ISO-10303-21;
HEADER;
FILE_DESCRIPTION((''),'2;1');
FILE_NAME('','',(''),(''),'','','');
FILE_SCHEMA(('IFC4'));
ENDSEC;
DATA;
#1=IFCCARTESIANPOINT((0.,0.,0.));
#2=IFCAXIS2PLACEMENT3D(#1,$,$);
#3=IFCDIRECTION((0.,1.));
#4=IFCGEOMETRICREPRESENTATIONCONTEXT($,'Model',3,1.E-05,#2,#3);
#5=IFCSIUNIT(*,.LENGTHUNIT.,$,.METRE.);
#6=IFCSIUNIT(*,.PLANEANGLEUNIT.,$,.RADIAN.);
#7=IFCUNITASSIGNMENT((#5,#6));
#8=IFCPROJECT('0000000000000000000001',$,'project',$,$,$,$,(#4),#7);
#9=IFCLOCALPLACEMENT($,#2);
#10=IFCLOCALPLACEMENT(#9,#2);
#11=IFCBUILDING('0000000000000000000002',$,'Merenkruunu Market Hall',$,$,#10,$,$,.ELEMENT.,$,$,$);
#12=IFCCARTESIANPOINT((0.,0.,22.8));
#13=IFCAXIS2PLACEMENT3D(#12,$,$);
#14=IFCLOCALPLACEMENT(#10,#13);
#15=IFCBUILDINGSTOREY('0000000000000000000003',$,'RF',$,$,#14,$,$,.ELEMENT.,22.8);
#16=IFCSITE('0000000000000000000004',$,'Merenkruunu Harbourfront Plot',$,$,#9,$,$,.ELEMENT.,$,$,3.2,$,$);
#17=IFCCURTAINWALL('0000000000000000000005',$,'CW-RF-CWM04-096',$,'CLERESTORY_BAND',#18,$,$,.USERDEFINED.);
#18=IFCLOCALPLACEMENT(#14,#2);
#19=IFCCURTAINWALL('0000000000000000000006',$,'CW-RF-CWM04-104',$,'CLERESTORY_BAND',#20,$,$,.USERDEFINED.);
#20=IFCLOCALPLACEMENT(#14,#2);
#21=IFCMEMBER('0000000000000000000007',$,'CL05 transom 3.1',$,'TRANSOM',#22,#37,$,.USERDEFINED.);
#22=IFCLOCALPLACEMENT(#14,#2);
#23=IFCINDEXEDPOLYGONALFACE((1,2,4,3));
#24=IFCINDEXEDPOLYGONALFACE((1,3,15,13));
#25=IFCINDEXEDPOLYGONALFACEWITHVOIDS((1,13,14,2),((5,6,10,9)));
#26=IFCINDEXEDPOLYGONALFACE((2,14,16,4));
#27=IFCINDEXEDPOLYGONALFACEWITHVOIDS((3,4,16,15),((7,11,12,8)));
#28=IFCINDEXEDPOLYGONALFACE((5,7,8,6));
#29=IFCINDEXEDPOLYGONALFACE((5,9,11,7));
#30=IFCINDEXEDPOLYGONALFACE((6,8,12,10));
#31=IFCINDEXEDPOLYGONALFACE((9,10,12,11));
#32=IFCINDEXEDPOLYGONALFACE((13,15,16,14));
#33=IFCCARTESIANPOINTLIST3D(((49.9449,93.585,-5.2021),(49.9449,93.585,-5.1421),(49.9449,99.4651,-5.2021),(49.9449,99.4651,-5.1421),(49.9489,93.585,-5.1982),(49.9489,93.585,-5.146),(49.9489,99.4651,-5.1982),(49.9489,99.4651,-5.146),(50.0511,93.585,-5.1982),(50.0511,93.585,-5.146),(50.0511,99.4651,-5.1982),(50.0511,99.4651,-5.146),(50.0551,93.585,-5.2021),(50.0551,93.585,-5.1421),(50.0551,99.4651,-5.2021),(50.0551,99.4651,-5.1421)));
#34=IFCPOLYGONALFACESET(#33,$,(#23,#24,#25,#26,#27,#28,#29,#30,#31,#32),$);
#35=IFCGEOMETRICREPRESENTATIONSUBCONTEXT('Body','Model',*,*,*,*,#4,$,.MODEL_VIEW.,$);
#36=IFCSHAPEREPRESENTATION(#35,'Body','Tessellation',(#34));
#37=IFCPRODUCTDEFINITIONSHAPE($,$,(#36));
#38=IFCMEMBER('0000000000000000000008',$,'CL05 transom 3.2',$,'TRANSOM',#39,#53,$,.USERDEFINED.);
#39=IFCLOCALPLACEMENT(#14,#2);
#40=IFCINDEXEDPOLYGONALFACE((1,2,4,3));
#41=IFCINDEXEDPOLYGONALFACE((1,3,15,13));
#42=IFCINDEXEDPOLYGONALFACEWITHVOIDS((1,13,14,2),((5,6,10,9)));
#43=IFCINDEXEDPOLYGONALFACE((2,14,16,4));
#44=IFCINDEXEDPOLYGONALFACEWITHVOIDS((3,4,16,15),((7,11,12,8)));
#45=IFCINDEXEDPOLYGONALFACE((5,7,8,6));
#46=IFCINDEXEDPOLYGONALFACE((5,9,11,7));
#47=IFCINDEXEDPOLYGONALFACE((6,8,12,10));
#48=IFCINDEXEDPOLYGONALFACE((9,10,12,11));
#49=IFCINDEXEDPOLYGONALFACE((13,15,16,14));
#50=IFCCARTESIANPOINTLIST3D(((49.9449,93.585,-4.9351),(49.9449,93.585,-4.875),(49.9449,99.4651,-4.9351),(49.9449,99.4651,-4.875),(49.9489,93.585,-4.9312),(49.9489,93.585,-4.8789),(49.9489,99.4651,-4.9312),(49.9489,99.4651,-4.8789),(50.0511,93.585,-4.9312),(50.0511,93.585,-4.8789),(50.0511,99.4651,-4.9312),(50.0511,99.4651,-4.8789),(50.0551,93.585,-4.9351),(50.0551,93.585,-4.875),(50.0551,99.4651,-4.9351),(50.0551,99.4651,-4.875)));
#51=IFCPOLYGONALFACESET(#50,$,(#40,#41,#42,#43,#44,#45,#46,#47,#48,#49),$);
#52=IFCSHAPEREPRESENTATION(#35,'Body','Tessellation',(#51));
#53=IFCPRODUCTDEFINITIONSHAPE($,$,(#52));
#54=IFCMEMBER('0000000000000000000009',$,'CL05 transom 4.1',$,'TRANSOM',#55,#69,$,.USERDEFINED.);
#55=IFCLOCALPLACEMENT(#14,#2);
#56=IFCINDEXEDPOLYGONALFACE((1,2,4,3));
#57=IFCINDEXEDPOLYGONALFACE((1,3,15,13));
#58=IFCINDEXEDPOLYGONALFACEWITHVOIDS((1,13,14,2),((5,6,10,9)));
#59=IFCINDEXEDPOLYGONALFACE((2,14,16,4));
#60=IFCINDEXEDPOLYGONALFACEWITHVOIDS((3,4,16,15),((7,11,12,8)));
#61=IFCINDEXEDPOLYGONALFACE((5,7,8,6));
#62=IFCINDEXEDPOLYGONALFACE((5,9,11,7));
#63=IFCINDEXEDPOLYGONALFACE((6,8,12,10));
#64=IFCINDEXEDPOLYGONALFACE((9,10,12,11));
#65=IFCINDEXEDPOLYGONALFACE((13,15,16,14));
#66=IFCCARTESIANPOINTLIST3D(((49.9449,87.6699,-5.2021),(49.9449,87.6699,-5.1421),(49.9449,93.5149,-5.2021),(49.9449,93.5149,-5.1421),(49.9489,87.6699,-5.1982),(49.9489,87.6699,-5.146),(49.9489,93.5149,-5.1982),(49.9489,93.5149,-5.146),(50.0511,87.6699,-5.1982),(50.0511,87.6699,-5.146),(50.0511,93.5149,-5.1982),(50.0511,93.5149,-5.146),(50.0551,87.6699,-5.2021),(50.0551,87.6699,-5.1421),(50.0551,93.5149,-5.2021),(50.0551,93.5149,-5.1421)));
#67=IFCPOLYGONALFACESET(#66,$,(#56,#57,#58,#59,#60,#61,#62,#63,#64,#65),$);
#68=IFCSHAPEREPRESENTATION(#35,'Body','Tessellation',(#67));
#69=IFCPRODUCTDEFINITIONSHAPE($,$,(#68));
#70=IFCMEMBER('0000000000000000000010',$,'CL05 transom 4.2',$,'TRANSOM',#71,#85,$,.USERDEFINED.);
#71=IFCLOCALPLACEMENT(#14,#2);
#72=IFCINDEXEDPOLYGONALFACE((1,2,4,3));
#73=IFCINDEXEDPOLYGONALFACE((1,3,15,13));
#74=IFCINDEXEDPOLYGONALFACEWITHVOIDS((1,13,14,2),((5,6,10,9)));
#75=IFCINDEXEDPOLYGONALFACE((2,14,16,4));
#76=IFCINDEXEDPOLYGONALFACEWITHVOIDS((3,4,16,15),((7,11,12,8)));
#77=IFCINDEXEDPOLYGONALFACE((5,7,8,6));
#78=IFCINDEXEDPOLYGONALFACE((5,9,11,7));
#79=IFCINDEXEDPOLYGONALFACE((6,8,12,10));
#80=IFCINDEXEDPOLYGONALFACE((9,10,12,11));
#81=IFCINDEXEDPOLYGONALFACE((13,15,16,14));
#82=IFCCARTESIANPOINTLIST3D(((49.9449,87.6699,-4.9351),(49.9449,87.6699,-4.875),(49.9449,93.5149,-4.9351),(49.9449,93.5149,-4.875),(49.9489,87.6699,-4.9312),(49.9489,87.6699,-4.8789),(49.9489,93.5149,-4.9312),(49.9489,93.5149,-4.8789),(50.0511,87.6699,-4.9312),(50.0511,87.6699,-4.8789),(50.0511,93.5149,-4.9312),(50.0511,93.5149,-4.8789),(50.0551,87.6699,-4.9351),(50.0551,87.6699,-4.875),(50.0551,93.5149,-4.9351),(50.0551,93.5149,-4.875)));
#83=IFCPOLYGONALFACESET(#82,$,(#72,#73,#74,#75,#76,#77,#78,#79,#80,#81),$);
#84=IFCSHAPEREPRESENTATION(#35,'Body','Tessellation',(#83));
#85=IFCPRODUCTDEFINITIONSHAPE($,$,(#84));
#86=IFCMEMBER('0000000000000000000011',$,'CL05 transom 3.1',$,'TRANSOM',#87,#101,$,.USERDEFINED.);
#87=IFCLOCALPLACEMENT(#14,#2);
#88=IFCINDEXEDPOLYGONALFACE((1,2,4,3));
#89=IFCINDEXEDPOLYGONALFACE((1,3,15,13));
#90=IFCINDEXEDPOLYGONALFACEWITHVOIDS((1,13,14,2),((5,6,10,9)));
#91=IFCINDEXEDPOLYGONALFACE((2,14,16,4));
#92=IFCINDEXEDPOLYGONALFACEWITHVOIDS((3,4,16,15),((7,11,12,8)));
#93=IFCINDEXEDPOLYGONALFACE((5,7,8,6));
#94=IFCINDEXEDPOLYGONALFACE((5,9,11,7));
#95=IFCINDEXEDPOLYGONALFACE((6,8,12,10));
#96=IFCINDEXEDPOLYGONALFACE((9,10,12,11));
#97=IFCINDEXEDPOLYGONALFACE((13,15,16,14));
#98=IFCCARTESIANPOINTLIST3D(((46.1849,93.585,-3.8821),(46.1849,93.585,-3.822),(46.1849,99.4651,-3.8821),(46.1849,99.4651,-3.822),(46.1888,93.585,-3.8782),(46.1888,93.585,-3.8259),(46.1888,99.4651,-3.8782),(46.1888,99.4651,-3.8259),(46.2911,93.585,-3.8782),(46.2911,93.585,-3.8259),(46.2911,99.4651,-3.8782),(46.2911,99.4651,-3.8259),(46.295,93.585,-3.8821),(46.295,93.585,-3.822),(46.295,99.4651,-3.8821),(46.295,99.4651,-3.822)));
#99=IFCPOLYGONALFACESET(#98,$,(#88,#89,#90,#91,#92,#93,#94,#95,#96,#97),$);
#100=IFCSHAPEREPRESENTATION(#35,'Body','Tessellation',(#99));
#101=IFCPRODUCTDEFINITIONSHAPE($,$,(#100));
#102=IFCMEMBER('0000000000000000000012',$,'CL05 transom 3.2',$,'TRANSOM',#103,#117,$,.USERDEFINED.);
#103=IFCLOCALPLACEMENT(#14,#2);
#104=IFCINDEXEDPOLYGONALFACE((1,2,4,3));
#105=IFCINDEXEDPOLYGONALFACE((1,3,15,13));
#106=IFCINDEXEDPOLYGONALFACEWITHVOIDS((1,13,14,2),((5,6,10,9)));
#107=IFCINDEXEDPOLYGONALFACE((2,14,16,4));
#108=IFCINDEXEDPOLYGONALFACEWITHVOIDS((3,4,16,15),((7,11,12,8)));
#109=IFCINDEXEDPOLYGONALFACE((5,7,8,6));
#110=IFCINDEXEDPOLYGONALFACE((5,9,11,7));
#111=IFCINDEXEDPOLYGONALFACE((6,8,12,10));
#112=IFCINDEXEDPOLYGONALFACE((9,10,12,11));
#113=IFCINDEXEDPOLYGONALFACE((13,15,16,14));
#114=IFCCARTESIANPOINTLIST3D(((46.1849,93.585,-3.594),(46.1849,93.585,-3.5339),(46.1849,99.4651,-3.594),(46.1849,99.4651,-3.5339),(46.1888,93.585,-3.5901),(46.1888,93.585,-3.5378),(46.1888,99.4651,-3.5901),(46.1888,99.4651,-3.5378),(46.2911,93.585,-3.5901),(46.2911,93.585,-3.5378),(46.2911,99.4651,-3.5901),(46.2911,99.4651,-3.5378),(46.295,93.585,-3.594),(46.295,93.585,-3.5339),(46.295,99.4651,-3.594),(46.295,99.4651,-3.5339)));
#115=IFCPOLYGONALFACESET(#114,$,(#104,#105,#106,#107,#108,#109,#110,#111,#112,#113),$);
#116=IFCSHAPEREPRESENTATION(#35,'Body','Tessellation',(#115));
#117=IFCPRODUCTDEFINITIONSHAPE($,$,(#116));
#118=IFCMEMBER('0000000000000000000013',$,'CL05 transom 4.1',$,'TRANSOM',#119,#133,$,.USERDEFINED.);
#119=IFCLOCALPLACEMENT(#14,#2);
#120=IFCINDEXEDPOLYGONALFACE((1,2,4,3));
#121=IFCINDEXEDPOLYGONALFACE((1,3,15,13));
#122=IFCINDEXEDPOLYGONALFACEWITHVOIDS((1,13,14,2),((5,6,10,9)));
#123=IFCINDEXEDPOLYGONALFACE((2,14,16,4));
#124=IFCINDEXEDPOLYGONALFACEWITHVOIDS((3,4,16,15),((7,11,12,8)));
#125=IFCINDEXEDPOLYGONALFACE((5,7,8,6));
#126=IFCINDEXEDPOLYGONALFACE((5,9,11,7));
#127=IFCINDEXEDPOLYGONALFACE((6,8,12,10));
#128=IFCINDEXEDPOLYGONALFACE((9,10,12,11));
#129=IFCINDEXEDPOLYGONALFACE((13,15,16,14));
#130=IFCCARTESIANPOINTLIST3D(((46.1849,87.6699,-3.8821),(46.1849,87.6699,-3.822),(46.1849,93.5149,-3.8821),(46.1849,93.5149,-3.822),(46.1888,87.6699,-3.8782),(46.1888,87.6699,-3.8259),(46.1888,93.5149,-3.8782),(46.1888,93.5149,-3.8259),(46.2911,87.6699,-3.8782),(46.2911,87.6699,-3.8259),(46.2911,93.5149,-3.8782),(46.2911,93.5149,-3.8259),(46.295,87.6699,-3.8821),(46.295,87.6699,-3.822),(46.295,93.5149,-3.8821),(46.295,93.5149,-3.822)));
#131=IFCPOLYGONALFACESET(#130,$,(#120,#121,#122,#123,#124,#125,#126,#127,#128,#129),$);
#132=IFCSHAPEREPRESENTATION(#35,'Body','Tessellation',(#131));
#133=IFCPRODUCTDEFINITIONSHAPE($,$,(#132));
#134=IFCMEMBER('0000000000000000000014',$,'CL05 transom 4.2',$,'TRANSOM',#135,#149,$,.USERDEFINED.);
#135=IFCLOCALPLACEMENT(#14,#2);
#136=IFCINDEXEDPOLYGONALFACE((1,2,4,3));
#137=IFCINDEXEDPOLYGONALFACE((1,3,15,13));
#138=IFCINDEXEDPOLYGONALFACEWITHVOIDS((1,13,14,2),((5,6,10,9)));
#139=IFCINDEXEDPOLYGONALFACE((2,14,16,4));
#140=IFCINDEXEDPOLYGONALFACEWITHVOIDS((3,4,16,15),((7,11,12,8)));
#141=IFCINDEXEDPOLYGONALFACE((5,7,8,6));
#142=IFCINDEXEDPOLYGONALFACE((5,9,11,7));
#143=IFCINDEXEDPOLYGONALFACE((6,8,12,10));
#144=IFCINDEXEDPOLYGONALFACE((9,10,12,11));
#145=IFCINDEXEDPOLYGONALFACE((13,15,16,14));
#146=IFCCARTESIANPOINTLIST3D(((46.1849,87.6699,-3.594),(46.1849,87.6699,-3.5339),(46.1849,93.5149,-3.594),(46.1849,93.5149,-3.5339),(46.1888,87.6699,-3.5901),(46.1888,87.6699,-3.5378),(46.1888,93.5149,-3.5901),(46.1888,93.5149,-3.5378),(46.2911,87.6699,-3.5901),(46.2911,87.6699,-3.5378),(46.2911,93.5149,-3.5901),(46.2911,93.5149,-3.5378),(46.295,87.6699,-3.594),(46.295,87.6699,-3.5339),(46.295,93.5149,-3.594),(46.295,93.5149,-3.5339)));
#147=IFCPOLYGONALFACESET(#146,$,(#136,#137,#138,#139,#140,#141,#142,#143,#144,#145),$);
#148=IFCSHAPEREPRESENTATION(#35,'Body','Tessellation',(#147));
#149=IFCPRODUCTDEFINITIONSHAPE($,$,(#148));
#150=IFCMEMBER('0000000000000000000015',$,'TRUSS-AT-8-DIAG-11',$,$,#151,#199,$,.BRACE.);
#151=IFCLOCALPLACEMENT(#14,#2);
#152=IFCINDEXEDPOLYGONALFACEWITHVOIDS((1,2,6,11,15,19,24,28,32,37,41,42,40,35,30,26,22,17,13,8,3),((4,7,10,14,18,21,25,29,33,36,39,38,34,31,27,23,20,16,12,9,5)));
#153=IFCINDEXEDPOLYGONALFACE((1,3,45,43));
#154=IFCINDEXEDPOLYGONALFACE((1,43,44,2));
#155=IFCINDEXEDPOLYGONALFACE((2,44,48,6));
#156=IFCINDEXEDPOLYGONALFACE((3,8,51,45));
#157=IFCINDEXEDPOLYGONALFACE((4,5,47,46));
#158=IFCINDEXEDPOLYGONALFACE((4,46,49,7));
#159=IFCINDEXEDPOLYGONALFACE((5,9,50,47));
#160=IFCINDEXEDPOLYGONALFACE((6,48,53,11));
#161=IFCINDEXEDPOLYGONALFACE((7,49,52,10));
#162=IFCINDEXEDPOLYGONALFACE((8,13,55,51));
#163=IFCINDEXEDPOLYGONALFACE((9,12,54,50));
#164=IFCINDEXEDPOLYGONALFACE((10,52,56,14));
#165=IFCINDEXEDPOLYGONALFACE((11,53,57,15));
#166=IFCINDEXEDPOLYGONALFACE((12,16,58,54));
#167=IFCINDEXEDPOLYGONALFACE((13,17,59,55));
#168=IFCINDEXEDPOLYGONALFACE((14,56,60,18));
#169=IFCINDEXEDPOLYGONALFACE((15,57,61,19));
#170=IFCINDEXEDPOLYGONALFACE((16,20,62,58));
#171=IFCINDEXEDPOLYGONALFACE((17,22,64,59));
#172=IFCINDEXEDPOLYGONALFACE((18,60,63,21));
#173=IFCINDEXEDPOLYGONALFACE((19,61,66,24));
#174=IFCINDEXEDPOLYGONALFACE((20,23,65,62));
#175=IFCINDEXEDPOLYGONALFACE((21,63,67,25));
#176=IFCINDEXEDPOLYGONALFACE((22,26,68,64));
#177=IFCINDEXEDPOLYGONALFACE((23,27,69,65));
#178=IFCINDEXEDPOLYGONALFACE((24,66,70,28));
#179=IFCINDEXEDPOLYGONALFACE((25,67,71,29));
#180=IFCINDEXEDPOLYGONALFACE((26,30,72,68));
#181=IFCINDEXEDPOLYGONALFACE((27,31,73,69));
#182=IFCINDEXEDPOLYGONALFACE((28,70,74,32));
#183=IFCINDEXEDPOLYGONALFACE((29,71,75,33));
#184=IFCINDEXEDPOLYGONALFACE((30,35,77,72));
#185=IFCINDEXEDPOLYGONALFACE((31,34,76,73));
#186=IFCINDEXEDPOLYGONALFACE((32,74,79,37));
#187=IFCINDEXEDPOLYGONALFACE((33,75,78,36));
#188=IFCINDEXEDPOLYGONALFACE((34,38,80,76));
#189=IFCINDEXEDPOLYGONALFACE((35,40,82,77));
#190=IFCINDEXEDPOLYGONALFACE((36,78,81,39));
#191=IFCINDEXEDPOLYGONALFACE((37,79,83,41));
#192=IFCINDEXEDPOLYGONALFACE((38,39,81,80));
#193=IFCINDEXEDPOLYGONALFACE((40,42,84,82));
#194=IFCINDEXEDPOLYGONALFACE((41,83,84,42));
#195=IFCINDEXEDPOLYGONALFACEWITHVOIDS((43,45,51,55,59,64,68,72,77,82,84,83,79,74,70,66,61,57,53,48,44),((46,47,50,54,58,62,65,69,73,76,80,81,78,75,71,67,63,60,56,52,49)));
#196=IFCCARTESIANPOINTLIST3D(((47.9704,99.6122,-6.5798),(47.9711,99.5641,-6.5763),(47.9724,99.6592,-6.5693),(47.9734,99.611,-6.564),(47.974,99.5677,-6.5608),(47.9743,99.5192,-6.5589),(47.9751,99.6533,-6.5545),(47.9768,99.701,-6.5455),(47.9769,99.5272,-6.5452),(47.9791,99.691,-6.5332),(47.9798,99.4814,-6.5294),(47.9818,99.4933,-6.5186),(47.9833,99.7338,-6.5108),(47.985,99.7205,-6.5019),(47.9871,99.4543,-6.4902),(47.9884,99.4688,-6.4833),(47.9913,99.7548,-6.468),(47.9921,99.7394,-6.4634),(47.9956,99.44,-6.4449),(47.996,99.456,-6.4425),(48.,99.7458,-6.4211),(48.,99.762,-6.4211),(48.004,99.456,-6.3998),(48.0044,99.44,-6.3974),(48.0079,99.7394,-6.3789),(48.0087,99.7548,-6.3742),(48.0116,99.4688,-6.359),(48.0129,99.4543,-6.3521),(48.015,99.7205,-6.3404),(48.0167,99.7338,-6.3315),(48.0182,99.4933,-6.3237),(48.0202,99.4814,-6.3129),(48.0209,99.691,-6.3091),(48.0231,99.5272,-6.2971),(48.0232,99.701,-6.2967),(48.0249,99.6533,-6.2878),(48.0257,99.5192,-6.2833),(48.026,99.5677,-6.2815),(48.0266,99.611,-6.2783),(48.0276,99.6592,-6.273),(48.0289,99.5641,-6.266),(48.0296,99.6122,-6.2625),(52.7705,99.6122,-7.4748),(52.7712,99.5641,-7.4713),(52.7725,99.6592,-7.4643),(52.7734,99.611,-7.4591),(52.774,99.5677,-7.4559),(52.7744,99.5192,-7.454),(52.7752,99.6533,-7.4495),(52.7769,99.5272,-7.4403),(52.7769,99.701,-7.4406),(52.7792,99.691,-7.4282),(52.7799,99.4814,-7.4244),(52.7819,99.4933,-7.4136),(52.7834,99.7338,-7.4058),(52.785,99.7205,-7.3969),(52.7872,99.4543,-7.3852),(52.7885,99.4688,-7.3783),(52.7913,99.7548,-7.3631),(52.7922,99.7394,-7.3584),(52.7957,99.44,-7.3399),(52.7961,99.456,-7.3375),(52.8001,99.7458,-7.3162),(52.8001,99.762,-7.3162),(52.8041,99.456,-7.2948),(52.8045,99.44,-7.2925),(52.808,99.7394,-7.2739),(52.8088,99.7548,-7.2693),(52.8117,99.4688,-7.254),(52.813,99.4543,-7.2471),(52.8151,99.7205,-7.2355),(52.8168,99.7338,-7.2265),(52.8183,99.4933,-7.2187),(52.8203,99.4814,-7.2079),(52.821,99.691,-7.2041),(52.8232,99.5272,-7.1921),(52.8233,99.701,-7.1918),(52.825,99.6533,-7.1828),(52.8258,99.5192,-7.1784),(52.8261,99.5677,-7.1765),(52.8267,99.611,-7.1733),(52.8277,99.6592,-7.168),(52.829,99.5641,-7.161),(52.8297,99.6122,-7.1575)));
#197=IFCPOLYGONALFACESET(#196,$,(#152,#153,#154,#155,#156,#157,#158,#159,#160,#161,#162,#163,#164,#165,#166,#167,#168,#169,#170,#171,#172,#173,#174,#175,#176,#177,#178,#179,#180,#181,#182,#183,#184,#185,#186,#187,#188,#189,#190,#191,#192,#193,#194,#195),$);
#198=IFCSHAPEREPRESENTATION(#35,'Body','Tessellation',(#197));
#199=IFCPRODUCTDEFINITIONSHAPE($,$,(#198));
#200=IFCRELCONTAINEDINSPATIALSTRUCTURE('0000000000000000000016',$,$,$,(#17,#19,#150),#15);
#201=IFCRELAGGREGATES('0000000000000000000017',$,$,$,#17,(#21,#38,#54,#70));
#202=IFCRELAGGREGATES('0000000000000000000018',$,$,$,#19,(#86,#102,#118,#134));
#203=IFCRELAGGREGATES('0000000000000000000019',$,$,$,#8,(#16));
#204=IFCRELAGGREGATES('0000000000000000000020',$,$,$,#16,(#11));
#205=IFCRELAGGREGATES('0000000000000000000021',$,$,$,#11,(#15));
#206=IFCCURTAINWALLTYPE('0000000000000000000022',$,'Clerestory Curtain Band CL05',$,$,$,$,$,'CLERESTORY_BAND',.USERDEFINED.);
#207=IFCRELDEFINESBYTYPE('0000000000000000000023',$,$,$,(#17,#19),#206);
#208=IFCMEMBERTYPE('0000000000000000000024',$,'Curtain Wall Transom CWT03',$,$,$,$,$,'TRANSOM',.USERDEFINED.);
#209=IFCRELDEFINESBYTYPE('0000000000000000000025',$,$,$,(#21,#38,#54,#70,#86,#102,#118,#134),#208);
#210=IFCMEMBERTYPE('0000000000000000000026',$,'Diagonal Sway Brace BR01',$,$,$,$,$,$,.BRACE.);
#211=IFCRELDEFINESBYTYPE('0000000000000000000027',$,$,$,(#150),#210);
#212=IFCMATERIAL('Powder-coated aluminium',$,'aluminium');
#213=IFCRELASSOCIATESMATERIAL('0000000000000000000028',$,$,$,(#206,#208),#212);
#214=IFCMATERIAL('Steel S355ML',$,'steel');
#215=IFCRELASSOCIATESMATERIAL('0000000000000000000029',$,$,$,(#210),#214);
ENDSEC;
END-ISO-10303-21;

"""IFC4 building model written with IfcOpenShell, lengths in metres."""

from ifc_helpers import new_model, si_unit, direction, frame, origin, origin_2d, place, context, subcontext, project, spatial, hollow_rectangle, hollow_circle, extrude, material, material_profile, profile_set, type_object, element, aggregate, save


model = new_model("IFC4")

# Units and contexts
model_context = context("Model", 3, precision=1e-05, world=origin(), true_north=direction((0.0, 1.0)))
body_context = subcontext(model_context, "Body", "Model", "MODEL_VIEW")
ifc_project = project(units=[si_unit("LENGTHUNIT", "METRE"), si_unit("PLANEANGLEUNIT", "RADIAN")], contexts=[model_context])

# Site, building, storey
site_placement = place(None, origin())
site = spatial("IfcSite", under=ifc_project, at=site_placement, Name="Merenkruunu Harbourfront Plot", CompositionType="ELEMENT", RefElevation=3.2)
building_placement = place(site_placement, origin())
building = spatial("IfcBuilding", under=site, at=building_placement, Name="Merenkruunu Market Hall", CompositionType="ELEMENT")
storey_placement = place(building_placement, frame((0.0, 0.0, 22.8)))
storey = spatial("IfcBuildingStorey", under=building, at=storey_placement, Name="RF", CompositionType="ELEMENT", Elevation=22.8)

# Shared definitions
ifc_material_1 = material(Name="Steel S355ML", Category="steel")

# Curtain walls
ifc_material_2 = material(Name="Powder-coated aluminium", Category="aluminium")
curtain_wall_type = type_object("IfcCurtainWallType", Name="Clerestory Curtain Band CL05", ElementType="CLERESTORY_BAND", PredefinedType="USERDEFINED", material=ifc_material_2)
curtain_wall_1_placement = place(storey_placement, origin())
curtain_wall_1 = element("IfcCurtainWall", 1, at=curtain_wall_1_placement, inside=storey, type_object=curtain_wall_type, Name="CW-RF-CWM04-096", ObjectType="CLERESTORY_BAND", PredefinedType="USERDEFINED")
curtain_wall_2_placement = place(storey_placement, origin())
curtain_wall_2 = element("IfcCurtainWall", 2, at=curtain_wall_2_placement, inside=storey, type_object=curtain_wall_type, Name="CW-RF-CWM04-104", ObjectType="CLERESTORY_BAND", PredefinedType="USERDEFINED")

# Members
ifc_material_profile_1 = material_profile(ifc_material_2, hollow_rectangle(XDim=0.0601, YDim=0.1101, WallThickness=0.0039, at=origin_2d()), Name="ALU 60x110x4")
ifc_profile_set_1 = profile_set([ifc_material_profile_1], Name="Powder-coated aluminium")
member_type_1 = type_object("IfcMemberType", Name="Curtain Wall Transom CWT03", ElementType="TRANSOM", PredefinedType="USERDEFINED", material=ifc_profile_set_1)
member_1_placement = place(storey_placement, frame((50.0, 99.4651, -5.1721), z_axis=(0.0, -1.0, 0.0), x_axis=(0.0, 0.0, 1.0)))
member_1 = element("IfcMember", 3, at=member_1_placement, type_object=member_type_1, Name="CL05 transom 3.1", ObjectType="TRANSOM", PredefinedType="USERDEFINED", context=body_context, shape_type="SweptSolid", body=[
    extrude(hollow_rectangle(XDim=0.0601, YDim=0.1101, WallThickness=0.0039, at=origin_2d()), origin(), (0.0, 0.0, 1.0), 5.8801),
])
member_2_placement = place(storey_placement, frame((50.0, 99.4651, -4.905), z_axis=(0.0, -1.0, 0.0), x_axis=(0.0, 0.0, 1.0)))
member_2 = element("IfcMember", 4, at=member_2_placement, type_object=member_type_1, Name="CL05 transom 3.2", ObjectType="TRANSOM", PredefinedType="USERDEFINED", context=body_context, shape_type="SweptSolid", body=[
    extrude(hollow_rectangle(XDim=0.0601, YDim=0.1101, WallThickness=0.0039, at=origin_2d()), origin(), (0.0, 0.0, 1.0), 5.8801),
])
member_3_placement = place(storey_placement, frame((50.0, 93.5149, -5.1721), z_axis=(0.0, -1.0, 0.0), x_axis=(0.0, 0.0, 1.0)))
member_3 = element("IfcMember", 5, at=member_3_placement, type_object=member_type_1, Name="CL05 transom 4.1", ObjectType="TRANSOM", PredefinedType="USERDEFINED", context=body_context, shape_type="SweptSolid", body=[
    extrude(hollow_rectangle(XDim=0.0601, YDim=0.1101, WallThickness=0.0039, at=origin_2d()), origin(), (0.0, 0.0, 1.0), 5.845),
])
member_4_placement = place(storey_placement, frame((50.0, 93.5149, -4.905), z_axis=(0.0, -1.0, 0.0), x_axis=(0.0, 0.0, 1.0)))
member_4 = element("IfcMember", 6, at=member_4_placement, type_object=member_type_1, Name="CL05 transom 4.2", ObjectType="TRANSOM", PredefinedType="USERDEFINED", context=body_context, shape_type="SweptSolid", body=[
    extrude(hollow_rectangle(XDim=0.0601, YDim=0.1101, WallThickness=0.0039, at=origin_2d()), origin(), (0.0, 0.0, 1.0), 5.845),
])
member_5_placement = place(storey_placement, frame((46.24, 99.4651, -3.8521), z_axis=(0.0, -1.0, 0.0), x_axis=(0.0, 0.0, 1.0)))
member_5 = element("IfcMember", 7, at=member_5_placement, type_object=member_type_1, Name="CL05 transom 3.1", ObjectType="TRANSOM", PredefinedType="USERDEFINED", context=body_context, shape_type="SweptSolid", body=[
    extrude(hollow_rectangle(XDim=0.0601, YDim=0.1101, WallThickness=0.0039, at=origin_2d()), origin(), (0.0, 0.0, 1.0), 5.8801),
])
member_6_placement = place(storey_placement, frame((46.24, 99.4651, -3.564), z_axis=(0.0, -1.0, 0.0), x_axis=(0.0, 0.0, 1.0)))
member_6 = element("IfcMember", 8, at=member_6_placement, type_object=member_type_1, Name="CL05 transom 3.2", ObjectType="TRANSOM", PredefinedType="USERDEFINED", context=body_context, shape_type="SweptSolid", body=[
    extrude(hollow_rectangle(XDim=0.0601, YDim=0.1101, WallThickness=0.0039, at=origin_2d()), origin(), (0.0, 0.0, 1.0), 5.8801),
])
member_7_placement = place(storey_placement, frame((46.24, 93.5149, -3.8521), z_axis=(0.0, -1.0, 0.0), x_axis=(0.0, 0.0, 1.0)))
member_7 = element("IfcMember", 9, at=member_7_placement, type_object=member_type_1, Name="CL05 transom 4.1", ObjectType="TRANSOM", PredefinedType="USERDEFINED", context=body_context, shape_type="SweptSolid", body=[
    extrude(hollow_rectangle(XDim=0.0601, YDim=0.1101, WallThickness=0.0039, at=origin_2d()), origin(), (0.0, 0.0, 1.0), 5.845),
])
member_8_placement = place(storey_placement, frame((46.24, 93.5149, -3.564), z_axis=(0.0, -1.0, 0.0), x_axis=(0.0, 0.0, 1.0)))
member_8 = element("IfcMember", 10, at=member_8_placement, type_object=member_type_1, Name="CL05 transom 4.2", ObjectType="TRANSOM", PredefinedType="USERDEFINED", context=body_context, shape_type="SweptSolid", body=[
    extrude(hollow_rectangle(XDim=0.0601, YDim=0.1101, WallThickness=0.0039, at=origin_2d()), origin(), (0.0, 0.0, 1.0), 5.845),
])

# Member
ifc_material_profile_2 = material_profile(ifc_material_1, hollow_circle(Radius=0.1619, WallThickness=0.0161, at=origin_2d()), Name="CHS 323.9x16")
ifc_profile_set_2 = profile_set([ifc_material_profile_2], Name="Steel S355ML")
member_type_2 = type_object("IfcMemberType", Name="Diagonal Sway Brace BR01", PredefinedType="BRACE", material=ifc_profile_set_2)
member_9_placement = place(storey_placement, frame((48.0, 99.6001, -6.4211), z_axis=(0.983057, 0.0, -0.183301), x_axis=(0.0, 1.0, 0.0)))
element("IfcMember", 11, at=member_9_placement, inside=storey, type_object=member_type_2, Name="TRUSS-AT-8-DIAG-11", PredefinedType="BRACE", context=body_context, shape_type="SweptSolid", body=[
    extrude(hollow_circle(Radius=0.1619, WallThickness=0.0161, at=origin_2d()), origin(), (0.0, 0.0, 1.0), 4.8828),
])

aggregate(curtain_wall_1, [member_1, member_2, member_3, member_4])
aggregate(curtain_wall_2, [member_5, member_6, member_7, member_8])

save(model, "model.ifc")
